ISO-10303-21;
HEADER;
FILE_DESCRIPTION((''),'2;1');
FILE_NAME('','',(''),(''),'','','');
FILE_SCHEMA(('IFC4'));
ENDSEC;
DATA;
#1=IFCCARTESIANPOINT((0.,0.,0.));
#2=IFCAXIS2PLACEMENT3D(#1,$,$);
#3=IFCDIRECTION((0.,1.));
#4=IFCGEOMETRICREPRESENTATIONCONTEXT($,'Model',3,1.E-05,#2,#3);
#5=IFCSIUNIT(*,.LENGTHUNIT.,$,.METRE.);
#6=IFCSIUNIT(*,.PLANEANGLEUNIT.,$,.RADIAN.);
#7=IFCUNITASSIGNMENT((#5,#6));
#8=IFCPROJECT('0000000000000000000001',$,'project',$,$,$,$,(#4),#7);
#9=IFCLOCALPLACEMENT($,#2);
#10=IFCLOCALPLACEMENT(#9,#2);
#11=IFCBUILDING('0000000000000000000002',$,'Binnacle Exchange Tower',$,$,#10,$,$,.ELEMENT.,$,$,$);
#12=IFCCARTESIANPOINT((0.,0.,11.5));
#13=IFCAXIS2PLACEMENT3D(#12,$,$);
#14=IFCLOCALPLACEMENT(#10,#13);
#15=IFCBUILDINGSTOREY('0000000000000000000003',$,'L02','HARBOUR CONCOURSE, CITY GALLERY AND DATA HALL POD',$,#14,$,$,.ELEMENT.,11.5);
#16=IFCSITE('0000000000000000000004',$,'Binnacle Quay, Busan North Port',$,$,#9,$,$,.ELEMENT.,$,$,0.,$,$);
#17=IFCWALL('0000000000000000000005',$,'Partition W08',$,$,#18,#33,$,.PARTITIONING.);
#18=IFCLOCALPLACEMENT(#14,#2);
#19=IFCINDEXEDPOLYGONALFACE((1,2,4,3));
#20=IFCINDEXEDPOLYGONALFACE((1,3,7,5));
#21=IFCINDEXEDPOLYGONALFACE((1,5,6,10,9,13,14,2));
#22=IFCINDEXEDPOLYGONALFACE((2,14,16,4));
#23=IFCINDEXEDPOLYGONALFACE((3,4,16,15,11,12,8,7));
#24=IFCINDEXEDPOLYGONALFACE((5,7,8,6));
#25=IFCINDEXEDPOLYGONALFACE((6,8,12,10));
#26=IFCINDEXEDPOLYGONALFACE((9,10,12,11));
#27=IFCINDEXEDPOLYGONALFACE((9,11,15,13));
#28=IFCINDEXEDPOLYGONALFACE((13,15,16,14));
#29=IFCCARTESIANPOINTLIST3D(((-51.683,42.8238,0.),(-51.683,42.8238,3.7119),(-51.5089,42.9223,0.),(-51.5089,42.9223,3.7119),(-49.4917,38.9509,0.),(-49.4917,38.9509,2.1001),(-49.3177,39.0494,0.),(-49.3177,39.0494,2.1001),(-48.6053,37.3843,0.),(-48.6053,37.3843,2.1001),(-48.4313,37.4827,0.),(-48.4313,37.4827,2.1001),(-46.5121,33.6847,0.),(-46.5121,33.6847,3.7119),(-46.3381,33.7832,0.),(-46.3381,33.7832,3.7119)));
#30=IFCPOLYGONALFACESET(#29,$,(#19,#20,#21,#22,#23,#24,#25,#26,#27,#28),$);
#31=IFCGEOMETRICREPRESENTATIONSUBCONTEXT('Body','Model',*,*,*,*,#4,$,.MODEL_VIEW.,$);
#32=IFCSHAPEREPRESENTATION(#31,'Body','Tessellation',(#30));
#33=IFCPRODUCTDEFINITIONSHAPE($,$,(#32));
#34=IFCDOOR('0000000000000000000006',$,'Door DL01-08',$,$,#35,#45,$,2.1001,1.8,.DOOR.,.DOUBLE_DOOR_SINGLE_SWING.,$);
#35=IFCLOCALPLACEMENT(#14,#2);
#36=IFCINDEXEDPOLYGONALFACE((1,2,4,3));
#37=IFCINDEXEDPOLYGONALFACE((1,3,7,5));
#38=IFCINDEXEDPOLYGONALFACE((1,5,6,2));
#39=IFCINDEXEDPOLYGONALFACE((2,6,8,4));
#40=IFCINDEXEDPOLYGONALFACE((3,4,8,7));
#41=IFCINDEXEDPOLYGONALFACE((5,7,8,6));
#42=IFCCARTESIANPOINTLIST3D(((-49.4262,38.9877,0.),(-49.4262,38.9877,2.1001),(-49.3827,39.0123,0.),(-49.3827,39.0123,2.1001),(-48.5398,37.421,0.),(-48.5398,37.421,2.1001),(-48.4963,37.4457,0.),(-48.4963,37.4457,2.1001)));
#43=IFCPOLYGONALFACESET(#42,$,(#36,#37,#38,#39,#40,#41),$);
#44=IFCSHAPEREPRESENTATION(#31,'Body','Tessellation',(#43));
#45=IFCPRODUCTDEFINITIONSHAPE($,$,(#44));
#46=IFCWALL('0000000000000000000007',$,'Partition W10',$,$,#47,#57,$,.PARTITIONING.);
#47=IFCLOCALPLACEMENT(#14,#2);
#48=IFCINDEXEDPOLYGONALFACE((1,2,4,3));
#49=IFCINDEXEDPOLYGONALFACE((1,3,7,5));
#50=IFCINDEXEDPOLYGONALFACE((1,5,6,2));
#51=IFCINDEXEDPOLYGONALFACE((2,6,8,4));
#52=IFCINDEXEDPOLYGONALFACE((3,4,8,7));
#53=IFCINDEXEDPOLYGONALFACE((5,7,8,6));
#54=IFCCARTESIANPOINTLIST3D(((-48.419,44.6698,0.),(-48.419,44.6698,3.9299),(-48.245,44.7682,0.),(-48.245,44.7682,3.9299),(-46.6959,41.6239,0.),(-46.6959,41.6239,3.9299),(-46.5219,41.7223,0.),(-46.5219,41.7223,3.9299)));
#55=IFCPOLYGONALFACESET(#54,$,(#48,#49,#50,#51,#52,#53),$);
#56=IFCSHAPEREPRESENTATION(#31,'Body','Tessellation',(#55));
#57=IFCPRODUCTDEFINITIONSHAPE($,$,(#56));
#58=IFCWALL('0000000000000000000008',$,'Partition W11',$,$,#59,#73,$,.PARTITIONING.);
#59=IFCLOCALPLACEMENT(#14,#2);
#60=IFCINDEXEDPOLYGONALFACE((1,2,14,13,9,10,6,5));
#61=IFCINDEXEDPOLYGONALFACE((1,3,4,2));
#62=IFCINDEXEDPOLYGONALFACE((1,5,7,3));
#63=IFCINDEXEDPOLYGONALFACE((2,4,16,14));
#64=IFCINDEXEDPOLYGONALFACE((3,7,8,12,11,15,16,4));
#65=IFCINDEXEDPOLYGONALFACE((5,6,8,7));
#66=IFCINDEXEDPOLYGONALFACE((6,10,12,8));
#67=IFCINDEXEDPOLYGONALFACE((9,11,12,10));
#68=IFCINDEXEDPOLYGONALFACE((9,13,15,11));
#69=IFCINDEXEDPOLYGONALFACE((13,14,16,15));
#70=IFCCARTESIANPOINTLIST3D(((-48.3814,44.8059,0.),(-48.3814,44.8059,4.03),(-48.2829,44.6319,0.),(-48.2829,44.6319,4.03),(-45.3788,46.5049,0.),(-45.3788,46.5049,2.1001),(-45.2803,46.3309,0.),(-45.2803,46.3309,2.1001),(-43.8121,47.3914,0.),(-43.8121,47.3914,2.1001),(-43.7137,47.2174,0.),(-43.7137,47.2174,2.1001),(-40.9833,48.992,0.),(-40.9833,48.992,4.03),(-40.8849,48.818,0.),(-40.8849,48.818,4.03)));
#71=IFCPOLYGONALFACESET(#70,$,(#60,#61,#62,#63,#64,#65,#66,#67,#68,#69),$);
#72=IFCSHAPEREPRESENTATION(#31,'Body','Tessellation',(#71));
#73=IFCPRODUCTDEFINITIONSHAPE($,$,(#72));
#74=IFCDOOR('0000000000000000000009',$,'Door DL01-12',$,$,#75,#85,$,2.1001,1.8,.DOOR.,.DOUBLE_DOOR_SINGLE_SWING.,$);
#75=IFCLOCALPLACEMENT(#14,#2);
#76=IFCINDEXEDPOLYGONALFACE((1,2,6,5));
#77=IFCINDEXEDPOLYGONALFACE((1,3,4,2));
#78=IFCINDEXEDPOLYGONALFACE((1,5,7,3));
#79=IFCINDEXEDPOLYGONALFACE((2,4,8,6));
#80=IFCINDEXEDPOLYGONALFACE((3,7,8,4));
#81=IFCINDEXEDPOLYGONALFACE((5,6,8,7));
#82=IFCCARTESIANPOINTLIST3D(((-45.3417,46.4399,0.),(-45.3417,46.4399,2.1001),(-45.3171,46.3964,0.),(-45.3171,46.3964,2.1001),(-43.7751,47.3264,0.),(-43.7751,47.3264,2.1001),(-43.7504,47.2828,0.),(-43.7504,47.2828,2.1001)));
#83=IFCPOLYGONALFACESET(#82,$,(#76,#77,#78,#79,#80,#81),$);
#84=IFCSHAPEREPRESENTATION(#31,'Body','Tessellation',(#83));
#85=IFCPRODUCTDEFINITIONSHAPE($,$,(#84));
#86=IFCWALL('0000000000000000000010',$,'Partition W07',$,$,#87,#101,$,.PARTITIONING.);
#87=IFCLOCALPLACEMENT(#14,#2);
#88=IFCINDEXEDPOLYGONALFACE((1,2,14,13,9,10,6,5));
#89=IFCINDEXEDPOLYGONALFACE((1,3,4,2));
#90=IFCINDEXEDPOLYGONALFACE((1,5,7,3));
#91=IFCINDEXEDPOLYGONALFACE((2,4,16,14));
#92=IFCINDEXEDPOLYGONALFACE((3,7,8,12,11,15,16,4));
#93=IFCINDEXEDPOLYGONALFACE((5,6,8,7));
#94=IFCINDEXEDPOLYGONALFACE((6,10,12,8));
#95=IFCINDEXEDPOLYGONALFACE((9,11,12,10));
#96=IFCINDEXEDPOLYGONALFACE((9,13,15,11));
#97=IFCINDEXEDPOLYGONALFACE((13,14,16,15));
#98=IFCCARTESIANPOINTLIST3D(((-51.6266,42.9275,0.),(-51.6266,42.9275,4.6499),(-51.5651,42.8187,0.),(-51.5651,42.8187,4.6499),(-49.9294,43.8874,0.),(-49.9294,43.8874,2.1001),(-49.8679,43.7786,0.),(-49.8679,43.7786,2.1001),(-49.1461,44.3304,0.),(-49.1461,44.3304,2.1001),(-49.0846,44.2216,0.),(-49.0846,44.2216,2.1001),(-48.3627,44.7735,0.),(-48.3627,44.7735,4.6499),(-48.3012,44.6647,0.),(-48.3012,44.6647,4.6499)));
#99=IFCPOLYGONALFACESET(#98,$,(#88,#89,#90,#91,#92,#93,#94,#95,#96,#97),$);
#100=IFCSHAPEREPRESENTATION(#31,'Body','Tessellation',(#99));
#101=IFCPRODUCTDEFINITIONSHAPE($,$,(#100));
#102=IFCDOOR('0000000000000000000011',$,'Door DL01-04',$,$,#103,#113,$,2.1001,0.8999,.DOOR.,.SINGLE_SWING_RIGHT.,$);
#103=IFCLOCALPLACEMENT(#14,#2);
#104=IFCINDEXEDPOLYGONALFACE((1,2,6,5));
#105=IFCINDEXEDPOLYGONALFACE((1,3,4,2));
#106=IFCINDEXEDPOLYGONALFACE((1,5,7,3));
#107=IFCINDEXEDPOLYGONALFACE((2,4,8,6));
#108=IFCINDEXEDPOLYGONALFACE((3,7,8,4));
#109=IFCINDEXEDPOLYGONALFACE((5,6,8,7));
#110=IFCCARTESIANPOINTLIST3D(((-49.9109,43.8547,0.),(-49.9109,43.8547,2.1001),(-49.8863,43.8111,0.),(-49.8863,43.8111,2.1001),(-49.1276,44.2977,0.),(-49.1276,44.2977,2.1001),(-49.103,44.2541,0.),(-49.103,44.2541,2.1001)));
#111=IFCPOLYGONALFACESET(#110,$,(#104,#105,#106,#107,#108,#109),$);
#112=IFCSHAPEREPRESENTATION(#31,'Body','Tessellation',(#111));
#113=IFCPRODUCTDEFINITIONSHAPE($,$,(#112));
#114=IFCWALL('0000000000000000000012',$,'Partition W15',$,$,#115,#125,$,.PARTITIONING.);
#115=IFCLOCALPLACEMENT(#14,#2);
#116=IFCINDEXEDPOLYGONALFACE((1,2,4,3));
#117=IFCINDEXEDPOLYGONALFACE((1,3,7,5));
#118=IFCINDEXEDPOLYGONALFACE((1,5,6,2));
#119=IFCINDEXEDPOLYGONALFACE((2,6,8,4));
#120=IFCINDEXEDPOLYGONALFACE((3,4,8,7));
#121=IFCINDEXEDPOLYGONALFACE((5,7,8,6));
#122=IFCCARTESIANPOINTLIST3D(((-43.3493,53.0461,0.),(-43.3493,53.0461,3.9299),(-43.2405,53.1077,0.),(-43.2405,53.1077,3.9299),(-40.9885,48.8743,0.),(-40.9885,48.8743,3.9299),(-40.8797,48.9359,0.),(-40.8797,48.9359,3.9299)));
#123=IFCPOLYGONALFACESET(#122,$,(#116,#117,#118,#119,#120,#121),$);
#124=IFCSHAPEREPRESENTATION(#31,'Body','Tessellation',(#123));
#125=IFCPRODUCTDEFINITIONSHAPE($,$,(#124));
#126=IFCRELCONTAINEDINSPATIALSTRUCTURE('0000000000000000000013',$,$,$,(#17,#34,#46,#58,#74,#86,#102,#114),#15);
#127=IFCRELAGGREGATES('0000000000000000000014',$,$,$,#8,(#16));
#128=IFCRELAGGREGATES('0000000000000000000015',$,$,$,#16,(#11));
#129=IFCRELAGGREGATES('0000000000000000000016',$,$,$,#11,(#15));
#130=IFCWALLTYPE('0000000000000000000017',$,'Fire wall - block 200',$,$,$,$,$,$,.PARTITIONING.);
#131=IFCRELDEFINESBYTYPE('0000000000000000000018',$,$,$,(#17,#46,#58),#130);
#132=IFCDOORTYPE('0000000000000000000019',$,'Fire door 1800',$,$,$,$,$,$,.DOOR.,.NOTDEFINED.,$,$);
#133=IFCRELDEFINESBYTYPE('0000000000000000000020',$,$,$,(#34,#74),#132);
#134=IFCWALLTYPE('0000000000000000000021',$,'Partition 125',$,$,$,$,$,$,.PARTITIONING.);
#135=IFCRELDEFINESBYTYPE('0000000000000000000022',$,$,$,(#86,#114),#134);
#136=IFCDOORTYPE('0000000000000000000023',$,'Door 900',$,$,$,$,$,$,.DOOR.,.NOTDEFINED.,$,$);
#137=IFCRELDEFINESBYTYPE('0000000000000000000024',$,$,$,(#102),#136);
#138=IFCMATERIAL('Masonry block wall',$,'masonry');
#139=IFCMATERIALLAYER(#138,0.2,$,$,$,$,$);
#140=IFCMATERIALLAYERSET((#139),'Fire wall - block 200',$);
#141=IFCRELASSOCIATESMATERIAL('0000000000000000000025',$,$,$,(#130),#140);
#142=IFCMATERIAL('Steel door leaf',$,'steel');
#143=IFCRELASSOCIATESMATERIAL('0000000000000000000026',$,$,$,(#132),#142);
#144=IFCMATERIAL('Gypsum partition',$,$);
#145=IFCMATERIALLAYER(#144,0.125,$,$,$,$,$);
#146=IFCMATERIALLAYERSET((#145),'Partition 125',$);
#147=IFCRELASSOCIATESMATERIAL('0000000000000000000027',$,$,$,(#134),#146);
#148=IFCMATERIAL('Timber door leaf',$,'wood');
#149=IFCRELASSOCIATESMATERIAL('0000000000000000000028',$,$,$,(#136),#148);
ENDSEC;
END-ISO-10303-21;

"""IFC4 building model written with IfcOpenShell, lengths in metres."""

from ifc_helpers import new_model, si_unit, direction, frame, frame_2d, origin, place, context, subcontext, project, spatial, rectangle, extrude, material, layer, layer_set, type_object, element, fill, save


model = new_model("IFC4")

# Units and contexts
model_context = context("Model", 3, precision=1e-05, world=origin(), true_north=direction((0.0, 1.0)))
body_context = subcontext(model_context, "Body", "Model", "MODEL_VIEW")
ifc_project = project(units=[si_unit("LENGTHUNIT", "METRE"), si_unit("PLANEANGLEUNIT", "RADIAN")], contexts=[model_context])

# Site, building, storey
site_placement = place(None, origin())
site = spatial("IfcSite", under=ifc_project, at=site_placement, Name="Binnacle Quay, Busan North Port", CompositionType="ELEMENT", RefElevation=0.0)
building_placement = place(site_placement, origin())
building = spatial("IfcBuilding", under=site, at=building_placement, Name="Binnacle Exchange Tower", CompositionType="ELEMENT")
storey_placement = place(building_placement, frame((0.0, 0.0, 11.5)))
storey = spatial("IfcBuildingStorey", under=building, at=storey_placement, Name="L02", Description="HARBOUR CONCOURSE, CITY GALLERY AND DATA HALL POD", CompositionType="ELEMENT", Elevation=11.5)

# Wall, opening, door
ifc_material_1 = material(Name="Masonry block wall", Category="masonry")
ifc_layer_1 = layer(ifc_material_1, 0.2)
ifc_layer_set_1 = layer_set([ifc_layer_1], Name="Fire wall - block 200")
wall_type_1 = type_object("IfcWallType", Name="Fire wall - block 200", PredefinedType="PARTITIONING", material=ifc_layer_set_1)
wall_1_placement = place(storey_placement, frame((-51.5959, 42.873, 0.0), z_axis=(0.0, 0.0, 1.0), x_axis=(0.492439, -0.870347, 0.0)))
wall_1 = element("IfcWall", 1, at=wall_1_placement, inside=storey, type_object=wall_type_1, Name="Partition W08", PredefinedType="PARTITIONING", context=body_context, shape_type="SweptSolid", body=[
    extrude(rectangle(XDim=10.5005, YDim=0.2, at=frame_2d((5.2502, 0.0))), origin(), (0.0, 0.0, 1.0), 3.7119),
])
opening_1_placement = place(wall_1_placement, frame((4.45, 0.0, 0.0)))
opening_1 = element("IfcOpeningElement", 2, at=opening_1_placement, cuts=wall_1, PredefinedType="OPENING", context=body_context, shape_type="SweptSolid", body=[
    extrude(rectangle(XDim=1.8, YDim=2.1001, at=frame_2d((0.8999, 1.05))), frame((0.0, 0.1099, 0.0), z_axis=(0.0, -1.0, 0.0), x_axis=(1.0, 0.0, 0.0)), (0.0, 0.0, 1.0), 0.22),
])
ifc_material_2 = material(Name="Steel door leaf", Category="steel")
door_type_1 = type_object("IfcDoorType", Name="Fire door 1800", OperationType="NOTDEFINED", PredefinedType="DOOR", material=ifc_material_2)
door_1_placement = place(opening_1_placement, frame((1.8, 0.0, 0.0), z_axis=(0.0, 0.0, 1.0), x_axis=(-1.0, 0.0, 0.0)))
door_1 = element("IfcDoor", 3, at=door_1_placement, inside=storey, type_object=door_type_1, Name="Door DL01-08", OperationType="DOUBLE_DOOR_SINGLE_SWING", OverallHeight=2.1001, OverallWidth=1.8, PredefinedType="DOOR", context=body_context, shape_type="SweptSolid", body=[
    extrude(rectangle(XDim=1.8, YDim=2.1001, at=frame_2d((0.8999, 1.05))), frame((0.0, 0.0249, 0.0), z_axis=(0.0, -1.0, 0.0), x_axis=(1.0, 0.0, 0.0)), (0.0, 0.0, 1.0), 0.05),
])
fill(opening_1, door_1)

# Wall
wall_2_placement = place(storey_placement, frame((-48.332, 44.719, 0.0), z_axis=(0.0, 0.0, 1.0), x_axis=(0.492393, -0.870373, 0.0)))
element("IfcWall", 4, at=wall_2_placement, inside=storey, type_object=wall_type_1, Name="Partition W10", PredefinedType="PARTITIONING", context=body_context, shape_type="SweptSolid", body=[
    extrude(rectangle(XDim=3.4995, YDim=0.2, at=frame_2d((1.7498, 0.0))), origin(), (0.0, 0.0, 1.0), 3.9299),
])

# Walls, openings, doors
wall_3_placement = place(storey_placement, frame((-48.332, 44.719, 0.0), z_axis=(0.0, 0.0, 1.0), x_axis=(0.870332, 0.492466, 0.0)))
wall_3 = element("IfcWall", 5, at=wall_3_placement, inside=storey, type_object=wall_type_1, Name="Partition W11", PredefinedType="PARTITIONING", context=body_context, shape_type="SweptSolid", body=[
    extrude(rectangle(XDim=8.5002, YDim=0.2, at=frame_2d((4.25, 0.0))), origin(), (0.0, 0.0, 1.0), 4.03),
])
opening_2_placement = place(wall_3_placement, frame((3.45, 0.0, 0.0)))
opening_2 = element("IfcOpeningElement", 6, at=opening_2_placement, cuts=wall_3, PredefinedType="OPENING", context=body_context, shape_type="SweptSolid", body=[
    extrude(rectangle(XDim=1.8, YDim=2.1001, at=frame_2d((0.8999, 1.05))), frame((0.0, 0.1099, 0.0), z_axis=(0.0, -1.0, 0.0), x_axis=(1.0, 0.0, 0.0)), (0.0, 0.0, 1.0), 0.22),
])
door_2_placement = place(opening_2_placement, frame((1.8, 0.0, 0.0), z_axis=(0.0, 0.0, 1.0), x_axis=(-1.0, 0.0, 0.0)))
door_2 = element("IfcDoor", 7, at=door_2_placement, inside=storey, type_object=door_type_1, Name="Door DL01-12", OperationType="DOUBLE_DOOR_SINGLE_SWING", OverallHeight=2.1001, OverallWidth=1.8, PredefinedType="DOOR", context=body_context, shape_type="SweptSolid", body=[
    extrude(rectangle(XDim=1.8, YDim=2.1001, at=frame_2d((0.8999, 1.05))), frame((0.0, 0.0249, 0.0), z_axis=(0.0, -1.0, 0.0), x_axis=(1.0, 0.0, 0.0)), (0.0, 0.0, 1.0), 0.05),
])
fill(opening_2, door_2)
ifc_material_3 = material(Name="Gypsum partition")
ifc_layer_2 = layer(ifc_material_3, 0.125)
ifc_layer_set_2 = layer_set([ifc_layer_2], Name="Partition 125")
wall_type_2 = type_object("IfcWallType", Name="Partition 125", PredefinedType="PARTITIONING", material=ifc_layer_set_2)
wall_4_placement = place(storey_placement, frame((-51.5959, 42.873, 0.0), z_axis=(0.0, 0.0, 1.0), x_axis=(0.870434, 0.492285, 0.0)))
wall_4 = element("IfcWall", 8, at=wall_4_placement, inside=storey, type_object=wall_type_2, Name="Partition W07", PredefinedType="PARTITIONING", context=body_context, shape_type="SweptSolid", body=[
    extrude(rectangle(XDim=3.7498, YDim=0.125, at=frame_2d((1.875, 0.0))), origin(), (0.0, 0.0, 1.0), 4.6499),
])
opening_3_placement = place(wall_4_placement, frame((1.95, 0.0, 0.0)))
opening_3 = element("IfcOpeningElement", 9, at=opening_3_placement, cuts=wall_4, PredefinedType="OPENING", context=body_context, shape_type="SweptSolid", body=[
    extrude(rectangle(XDim=0.8999, YDim=2.1001, at=frame_2d((0.45, 1.05))), frame((0.0, 0.0725, 0.0), z_axis=(0.0, -1.0, 0.0), x_axis=(1.0, 0.0, 0.0)), (0.0, 0.0, 1.0), 0.145),
])
ifc_material_4 = material(Name="Timber door leaf", Category="wood")
door_type_2 = type_object("IfcDoorType", Name="Door 900", OperationType="NOTDEFINED", PredefinedType="DOOR", material=ifc_material_4)
door_3_placement = place(opening_3_placement, origin())
door_3 = element("IfcDoor", 10, at=door_3_placement, inside=storey, type_object=door_type_2, Name="Door DL01-04", OperationType="SINGLE_SWING_RIGHT", OverallHeight=2.1001, OverallWidth=0.8999, PredefinedType="DOOR", context=body_context, shape_type="SweptSolid", body=[
    extrude(rectangle(XDim=0.8999, YDim=2.1001, at=frame_2d((0.45, 1.05))), frame((0.0, 0.0249, 0.0), z_axis=(0.0, -1.0, 0.0), x_axis=(1.0, 0.0, 0.0)), (0.0, 0.0, 1.0), 0.05),
])
fill(opening_3, door_3)

# Wall
wall_5_placement = place(storey_placement, frame((-43.2949, 53.0769, 0.0), z_axis=(0.0, 0.0, 1.0), x_axis=(0.492504, -0.87031, 0.0)))
element("IfcWall", 11, at=wall_5_placement, inside=storey, type_object=wall_type_2, Name="Partition W15", PredefinedType="PARTITIONING", context=body_context, shape_type="SweptSolid", body=[
    extrude(rectangle(XDim=4.7935, YDim=0.125, at=frame_2d((2.3967, 0.0))), origin(), (0.0, 0.0, 1.0), 3.9299),
])

save(model, "model.ifc")
